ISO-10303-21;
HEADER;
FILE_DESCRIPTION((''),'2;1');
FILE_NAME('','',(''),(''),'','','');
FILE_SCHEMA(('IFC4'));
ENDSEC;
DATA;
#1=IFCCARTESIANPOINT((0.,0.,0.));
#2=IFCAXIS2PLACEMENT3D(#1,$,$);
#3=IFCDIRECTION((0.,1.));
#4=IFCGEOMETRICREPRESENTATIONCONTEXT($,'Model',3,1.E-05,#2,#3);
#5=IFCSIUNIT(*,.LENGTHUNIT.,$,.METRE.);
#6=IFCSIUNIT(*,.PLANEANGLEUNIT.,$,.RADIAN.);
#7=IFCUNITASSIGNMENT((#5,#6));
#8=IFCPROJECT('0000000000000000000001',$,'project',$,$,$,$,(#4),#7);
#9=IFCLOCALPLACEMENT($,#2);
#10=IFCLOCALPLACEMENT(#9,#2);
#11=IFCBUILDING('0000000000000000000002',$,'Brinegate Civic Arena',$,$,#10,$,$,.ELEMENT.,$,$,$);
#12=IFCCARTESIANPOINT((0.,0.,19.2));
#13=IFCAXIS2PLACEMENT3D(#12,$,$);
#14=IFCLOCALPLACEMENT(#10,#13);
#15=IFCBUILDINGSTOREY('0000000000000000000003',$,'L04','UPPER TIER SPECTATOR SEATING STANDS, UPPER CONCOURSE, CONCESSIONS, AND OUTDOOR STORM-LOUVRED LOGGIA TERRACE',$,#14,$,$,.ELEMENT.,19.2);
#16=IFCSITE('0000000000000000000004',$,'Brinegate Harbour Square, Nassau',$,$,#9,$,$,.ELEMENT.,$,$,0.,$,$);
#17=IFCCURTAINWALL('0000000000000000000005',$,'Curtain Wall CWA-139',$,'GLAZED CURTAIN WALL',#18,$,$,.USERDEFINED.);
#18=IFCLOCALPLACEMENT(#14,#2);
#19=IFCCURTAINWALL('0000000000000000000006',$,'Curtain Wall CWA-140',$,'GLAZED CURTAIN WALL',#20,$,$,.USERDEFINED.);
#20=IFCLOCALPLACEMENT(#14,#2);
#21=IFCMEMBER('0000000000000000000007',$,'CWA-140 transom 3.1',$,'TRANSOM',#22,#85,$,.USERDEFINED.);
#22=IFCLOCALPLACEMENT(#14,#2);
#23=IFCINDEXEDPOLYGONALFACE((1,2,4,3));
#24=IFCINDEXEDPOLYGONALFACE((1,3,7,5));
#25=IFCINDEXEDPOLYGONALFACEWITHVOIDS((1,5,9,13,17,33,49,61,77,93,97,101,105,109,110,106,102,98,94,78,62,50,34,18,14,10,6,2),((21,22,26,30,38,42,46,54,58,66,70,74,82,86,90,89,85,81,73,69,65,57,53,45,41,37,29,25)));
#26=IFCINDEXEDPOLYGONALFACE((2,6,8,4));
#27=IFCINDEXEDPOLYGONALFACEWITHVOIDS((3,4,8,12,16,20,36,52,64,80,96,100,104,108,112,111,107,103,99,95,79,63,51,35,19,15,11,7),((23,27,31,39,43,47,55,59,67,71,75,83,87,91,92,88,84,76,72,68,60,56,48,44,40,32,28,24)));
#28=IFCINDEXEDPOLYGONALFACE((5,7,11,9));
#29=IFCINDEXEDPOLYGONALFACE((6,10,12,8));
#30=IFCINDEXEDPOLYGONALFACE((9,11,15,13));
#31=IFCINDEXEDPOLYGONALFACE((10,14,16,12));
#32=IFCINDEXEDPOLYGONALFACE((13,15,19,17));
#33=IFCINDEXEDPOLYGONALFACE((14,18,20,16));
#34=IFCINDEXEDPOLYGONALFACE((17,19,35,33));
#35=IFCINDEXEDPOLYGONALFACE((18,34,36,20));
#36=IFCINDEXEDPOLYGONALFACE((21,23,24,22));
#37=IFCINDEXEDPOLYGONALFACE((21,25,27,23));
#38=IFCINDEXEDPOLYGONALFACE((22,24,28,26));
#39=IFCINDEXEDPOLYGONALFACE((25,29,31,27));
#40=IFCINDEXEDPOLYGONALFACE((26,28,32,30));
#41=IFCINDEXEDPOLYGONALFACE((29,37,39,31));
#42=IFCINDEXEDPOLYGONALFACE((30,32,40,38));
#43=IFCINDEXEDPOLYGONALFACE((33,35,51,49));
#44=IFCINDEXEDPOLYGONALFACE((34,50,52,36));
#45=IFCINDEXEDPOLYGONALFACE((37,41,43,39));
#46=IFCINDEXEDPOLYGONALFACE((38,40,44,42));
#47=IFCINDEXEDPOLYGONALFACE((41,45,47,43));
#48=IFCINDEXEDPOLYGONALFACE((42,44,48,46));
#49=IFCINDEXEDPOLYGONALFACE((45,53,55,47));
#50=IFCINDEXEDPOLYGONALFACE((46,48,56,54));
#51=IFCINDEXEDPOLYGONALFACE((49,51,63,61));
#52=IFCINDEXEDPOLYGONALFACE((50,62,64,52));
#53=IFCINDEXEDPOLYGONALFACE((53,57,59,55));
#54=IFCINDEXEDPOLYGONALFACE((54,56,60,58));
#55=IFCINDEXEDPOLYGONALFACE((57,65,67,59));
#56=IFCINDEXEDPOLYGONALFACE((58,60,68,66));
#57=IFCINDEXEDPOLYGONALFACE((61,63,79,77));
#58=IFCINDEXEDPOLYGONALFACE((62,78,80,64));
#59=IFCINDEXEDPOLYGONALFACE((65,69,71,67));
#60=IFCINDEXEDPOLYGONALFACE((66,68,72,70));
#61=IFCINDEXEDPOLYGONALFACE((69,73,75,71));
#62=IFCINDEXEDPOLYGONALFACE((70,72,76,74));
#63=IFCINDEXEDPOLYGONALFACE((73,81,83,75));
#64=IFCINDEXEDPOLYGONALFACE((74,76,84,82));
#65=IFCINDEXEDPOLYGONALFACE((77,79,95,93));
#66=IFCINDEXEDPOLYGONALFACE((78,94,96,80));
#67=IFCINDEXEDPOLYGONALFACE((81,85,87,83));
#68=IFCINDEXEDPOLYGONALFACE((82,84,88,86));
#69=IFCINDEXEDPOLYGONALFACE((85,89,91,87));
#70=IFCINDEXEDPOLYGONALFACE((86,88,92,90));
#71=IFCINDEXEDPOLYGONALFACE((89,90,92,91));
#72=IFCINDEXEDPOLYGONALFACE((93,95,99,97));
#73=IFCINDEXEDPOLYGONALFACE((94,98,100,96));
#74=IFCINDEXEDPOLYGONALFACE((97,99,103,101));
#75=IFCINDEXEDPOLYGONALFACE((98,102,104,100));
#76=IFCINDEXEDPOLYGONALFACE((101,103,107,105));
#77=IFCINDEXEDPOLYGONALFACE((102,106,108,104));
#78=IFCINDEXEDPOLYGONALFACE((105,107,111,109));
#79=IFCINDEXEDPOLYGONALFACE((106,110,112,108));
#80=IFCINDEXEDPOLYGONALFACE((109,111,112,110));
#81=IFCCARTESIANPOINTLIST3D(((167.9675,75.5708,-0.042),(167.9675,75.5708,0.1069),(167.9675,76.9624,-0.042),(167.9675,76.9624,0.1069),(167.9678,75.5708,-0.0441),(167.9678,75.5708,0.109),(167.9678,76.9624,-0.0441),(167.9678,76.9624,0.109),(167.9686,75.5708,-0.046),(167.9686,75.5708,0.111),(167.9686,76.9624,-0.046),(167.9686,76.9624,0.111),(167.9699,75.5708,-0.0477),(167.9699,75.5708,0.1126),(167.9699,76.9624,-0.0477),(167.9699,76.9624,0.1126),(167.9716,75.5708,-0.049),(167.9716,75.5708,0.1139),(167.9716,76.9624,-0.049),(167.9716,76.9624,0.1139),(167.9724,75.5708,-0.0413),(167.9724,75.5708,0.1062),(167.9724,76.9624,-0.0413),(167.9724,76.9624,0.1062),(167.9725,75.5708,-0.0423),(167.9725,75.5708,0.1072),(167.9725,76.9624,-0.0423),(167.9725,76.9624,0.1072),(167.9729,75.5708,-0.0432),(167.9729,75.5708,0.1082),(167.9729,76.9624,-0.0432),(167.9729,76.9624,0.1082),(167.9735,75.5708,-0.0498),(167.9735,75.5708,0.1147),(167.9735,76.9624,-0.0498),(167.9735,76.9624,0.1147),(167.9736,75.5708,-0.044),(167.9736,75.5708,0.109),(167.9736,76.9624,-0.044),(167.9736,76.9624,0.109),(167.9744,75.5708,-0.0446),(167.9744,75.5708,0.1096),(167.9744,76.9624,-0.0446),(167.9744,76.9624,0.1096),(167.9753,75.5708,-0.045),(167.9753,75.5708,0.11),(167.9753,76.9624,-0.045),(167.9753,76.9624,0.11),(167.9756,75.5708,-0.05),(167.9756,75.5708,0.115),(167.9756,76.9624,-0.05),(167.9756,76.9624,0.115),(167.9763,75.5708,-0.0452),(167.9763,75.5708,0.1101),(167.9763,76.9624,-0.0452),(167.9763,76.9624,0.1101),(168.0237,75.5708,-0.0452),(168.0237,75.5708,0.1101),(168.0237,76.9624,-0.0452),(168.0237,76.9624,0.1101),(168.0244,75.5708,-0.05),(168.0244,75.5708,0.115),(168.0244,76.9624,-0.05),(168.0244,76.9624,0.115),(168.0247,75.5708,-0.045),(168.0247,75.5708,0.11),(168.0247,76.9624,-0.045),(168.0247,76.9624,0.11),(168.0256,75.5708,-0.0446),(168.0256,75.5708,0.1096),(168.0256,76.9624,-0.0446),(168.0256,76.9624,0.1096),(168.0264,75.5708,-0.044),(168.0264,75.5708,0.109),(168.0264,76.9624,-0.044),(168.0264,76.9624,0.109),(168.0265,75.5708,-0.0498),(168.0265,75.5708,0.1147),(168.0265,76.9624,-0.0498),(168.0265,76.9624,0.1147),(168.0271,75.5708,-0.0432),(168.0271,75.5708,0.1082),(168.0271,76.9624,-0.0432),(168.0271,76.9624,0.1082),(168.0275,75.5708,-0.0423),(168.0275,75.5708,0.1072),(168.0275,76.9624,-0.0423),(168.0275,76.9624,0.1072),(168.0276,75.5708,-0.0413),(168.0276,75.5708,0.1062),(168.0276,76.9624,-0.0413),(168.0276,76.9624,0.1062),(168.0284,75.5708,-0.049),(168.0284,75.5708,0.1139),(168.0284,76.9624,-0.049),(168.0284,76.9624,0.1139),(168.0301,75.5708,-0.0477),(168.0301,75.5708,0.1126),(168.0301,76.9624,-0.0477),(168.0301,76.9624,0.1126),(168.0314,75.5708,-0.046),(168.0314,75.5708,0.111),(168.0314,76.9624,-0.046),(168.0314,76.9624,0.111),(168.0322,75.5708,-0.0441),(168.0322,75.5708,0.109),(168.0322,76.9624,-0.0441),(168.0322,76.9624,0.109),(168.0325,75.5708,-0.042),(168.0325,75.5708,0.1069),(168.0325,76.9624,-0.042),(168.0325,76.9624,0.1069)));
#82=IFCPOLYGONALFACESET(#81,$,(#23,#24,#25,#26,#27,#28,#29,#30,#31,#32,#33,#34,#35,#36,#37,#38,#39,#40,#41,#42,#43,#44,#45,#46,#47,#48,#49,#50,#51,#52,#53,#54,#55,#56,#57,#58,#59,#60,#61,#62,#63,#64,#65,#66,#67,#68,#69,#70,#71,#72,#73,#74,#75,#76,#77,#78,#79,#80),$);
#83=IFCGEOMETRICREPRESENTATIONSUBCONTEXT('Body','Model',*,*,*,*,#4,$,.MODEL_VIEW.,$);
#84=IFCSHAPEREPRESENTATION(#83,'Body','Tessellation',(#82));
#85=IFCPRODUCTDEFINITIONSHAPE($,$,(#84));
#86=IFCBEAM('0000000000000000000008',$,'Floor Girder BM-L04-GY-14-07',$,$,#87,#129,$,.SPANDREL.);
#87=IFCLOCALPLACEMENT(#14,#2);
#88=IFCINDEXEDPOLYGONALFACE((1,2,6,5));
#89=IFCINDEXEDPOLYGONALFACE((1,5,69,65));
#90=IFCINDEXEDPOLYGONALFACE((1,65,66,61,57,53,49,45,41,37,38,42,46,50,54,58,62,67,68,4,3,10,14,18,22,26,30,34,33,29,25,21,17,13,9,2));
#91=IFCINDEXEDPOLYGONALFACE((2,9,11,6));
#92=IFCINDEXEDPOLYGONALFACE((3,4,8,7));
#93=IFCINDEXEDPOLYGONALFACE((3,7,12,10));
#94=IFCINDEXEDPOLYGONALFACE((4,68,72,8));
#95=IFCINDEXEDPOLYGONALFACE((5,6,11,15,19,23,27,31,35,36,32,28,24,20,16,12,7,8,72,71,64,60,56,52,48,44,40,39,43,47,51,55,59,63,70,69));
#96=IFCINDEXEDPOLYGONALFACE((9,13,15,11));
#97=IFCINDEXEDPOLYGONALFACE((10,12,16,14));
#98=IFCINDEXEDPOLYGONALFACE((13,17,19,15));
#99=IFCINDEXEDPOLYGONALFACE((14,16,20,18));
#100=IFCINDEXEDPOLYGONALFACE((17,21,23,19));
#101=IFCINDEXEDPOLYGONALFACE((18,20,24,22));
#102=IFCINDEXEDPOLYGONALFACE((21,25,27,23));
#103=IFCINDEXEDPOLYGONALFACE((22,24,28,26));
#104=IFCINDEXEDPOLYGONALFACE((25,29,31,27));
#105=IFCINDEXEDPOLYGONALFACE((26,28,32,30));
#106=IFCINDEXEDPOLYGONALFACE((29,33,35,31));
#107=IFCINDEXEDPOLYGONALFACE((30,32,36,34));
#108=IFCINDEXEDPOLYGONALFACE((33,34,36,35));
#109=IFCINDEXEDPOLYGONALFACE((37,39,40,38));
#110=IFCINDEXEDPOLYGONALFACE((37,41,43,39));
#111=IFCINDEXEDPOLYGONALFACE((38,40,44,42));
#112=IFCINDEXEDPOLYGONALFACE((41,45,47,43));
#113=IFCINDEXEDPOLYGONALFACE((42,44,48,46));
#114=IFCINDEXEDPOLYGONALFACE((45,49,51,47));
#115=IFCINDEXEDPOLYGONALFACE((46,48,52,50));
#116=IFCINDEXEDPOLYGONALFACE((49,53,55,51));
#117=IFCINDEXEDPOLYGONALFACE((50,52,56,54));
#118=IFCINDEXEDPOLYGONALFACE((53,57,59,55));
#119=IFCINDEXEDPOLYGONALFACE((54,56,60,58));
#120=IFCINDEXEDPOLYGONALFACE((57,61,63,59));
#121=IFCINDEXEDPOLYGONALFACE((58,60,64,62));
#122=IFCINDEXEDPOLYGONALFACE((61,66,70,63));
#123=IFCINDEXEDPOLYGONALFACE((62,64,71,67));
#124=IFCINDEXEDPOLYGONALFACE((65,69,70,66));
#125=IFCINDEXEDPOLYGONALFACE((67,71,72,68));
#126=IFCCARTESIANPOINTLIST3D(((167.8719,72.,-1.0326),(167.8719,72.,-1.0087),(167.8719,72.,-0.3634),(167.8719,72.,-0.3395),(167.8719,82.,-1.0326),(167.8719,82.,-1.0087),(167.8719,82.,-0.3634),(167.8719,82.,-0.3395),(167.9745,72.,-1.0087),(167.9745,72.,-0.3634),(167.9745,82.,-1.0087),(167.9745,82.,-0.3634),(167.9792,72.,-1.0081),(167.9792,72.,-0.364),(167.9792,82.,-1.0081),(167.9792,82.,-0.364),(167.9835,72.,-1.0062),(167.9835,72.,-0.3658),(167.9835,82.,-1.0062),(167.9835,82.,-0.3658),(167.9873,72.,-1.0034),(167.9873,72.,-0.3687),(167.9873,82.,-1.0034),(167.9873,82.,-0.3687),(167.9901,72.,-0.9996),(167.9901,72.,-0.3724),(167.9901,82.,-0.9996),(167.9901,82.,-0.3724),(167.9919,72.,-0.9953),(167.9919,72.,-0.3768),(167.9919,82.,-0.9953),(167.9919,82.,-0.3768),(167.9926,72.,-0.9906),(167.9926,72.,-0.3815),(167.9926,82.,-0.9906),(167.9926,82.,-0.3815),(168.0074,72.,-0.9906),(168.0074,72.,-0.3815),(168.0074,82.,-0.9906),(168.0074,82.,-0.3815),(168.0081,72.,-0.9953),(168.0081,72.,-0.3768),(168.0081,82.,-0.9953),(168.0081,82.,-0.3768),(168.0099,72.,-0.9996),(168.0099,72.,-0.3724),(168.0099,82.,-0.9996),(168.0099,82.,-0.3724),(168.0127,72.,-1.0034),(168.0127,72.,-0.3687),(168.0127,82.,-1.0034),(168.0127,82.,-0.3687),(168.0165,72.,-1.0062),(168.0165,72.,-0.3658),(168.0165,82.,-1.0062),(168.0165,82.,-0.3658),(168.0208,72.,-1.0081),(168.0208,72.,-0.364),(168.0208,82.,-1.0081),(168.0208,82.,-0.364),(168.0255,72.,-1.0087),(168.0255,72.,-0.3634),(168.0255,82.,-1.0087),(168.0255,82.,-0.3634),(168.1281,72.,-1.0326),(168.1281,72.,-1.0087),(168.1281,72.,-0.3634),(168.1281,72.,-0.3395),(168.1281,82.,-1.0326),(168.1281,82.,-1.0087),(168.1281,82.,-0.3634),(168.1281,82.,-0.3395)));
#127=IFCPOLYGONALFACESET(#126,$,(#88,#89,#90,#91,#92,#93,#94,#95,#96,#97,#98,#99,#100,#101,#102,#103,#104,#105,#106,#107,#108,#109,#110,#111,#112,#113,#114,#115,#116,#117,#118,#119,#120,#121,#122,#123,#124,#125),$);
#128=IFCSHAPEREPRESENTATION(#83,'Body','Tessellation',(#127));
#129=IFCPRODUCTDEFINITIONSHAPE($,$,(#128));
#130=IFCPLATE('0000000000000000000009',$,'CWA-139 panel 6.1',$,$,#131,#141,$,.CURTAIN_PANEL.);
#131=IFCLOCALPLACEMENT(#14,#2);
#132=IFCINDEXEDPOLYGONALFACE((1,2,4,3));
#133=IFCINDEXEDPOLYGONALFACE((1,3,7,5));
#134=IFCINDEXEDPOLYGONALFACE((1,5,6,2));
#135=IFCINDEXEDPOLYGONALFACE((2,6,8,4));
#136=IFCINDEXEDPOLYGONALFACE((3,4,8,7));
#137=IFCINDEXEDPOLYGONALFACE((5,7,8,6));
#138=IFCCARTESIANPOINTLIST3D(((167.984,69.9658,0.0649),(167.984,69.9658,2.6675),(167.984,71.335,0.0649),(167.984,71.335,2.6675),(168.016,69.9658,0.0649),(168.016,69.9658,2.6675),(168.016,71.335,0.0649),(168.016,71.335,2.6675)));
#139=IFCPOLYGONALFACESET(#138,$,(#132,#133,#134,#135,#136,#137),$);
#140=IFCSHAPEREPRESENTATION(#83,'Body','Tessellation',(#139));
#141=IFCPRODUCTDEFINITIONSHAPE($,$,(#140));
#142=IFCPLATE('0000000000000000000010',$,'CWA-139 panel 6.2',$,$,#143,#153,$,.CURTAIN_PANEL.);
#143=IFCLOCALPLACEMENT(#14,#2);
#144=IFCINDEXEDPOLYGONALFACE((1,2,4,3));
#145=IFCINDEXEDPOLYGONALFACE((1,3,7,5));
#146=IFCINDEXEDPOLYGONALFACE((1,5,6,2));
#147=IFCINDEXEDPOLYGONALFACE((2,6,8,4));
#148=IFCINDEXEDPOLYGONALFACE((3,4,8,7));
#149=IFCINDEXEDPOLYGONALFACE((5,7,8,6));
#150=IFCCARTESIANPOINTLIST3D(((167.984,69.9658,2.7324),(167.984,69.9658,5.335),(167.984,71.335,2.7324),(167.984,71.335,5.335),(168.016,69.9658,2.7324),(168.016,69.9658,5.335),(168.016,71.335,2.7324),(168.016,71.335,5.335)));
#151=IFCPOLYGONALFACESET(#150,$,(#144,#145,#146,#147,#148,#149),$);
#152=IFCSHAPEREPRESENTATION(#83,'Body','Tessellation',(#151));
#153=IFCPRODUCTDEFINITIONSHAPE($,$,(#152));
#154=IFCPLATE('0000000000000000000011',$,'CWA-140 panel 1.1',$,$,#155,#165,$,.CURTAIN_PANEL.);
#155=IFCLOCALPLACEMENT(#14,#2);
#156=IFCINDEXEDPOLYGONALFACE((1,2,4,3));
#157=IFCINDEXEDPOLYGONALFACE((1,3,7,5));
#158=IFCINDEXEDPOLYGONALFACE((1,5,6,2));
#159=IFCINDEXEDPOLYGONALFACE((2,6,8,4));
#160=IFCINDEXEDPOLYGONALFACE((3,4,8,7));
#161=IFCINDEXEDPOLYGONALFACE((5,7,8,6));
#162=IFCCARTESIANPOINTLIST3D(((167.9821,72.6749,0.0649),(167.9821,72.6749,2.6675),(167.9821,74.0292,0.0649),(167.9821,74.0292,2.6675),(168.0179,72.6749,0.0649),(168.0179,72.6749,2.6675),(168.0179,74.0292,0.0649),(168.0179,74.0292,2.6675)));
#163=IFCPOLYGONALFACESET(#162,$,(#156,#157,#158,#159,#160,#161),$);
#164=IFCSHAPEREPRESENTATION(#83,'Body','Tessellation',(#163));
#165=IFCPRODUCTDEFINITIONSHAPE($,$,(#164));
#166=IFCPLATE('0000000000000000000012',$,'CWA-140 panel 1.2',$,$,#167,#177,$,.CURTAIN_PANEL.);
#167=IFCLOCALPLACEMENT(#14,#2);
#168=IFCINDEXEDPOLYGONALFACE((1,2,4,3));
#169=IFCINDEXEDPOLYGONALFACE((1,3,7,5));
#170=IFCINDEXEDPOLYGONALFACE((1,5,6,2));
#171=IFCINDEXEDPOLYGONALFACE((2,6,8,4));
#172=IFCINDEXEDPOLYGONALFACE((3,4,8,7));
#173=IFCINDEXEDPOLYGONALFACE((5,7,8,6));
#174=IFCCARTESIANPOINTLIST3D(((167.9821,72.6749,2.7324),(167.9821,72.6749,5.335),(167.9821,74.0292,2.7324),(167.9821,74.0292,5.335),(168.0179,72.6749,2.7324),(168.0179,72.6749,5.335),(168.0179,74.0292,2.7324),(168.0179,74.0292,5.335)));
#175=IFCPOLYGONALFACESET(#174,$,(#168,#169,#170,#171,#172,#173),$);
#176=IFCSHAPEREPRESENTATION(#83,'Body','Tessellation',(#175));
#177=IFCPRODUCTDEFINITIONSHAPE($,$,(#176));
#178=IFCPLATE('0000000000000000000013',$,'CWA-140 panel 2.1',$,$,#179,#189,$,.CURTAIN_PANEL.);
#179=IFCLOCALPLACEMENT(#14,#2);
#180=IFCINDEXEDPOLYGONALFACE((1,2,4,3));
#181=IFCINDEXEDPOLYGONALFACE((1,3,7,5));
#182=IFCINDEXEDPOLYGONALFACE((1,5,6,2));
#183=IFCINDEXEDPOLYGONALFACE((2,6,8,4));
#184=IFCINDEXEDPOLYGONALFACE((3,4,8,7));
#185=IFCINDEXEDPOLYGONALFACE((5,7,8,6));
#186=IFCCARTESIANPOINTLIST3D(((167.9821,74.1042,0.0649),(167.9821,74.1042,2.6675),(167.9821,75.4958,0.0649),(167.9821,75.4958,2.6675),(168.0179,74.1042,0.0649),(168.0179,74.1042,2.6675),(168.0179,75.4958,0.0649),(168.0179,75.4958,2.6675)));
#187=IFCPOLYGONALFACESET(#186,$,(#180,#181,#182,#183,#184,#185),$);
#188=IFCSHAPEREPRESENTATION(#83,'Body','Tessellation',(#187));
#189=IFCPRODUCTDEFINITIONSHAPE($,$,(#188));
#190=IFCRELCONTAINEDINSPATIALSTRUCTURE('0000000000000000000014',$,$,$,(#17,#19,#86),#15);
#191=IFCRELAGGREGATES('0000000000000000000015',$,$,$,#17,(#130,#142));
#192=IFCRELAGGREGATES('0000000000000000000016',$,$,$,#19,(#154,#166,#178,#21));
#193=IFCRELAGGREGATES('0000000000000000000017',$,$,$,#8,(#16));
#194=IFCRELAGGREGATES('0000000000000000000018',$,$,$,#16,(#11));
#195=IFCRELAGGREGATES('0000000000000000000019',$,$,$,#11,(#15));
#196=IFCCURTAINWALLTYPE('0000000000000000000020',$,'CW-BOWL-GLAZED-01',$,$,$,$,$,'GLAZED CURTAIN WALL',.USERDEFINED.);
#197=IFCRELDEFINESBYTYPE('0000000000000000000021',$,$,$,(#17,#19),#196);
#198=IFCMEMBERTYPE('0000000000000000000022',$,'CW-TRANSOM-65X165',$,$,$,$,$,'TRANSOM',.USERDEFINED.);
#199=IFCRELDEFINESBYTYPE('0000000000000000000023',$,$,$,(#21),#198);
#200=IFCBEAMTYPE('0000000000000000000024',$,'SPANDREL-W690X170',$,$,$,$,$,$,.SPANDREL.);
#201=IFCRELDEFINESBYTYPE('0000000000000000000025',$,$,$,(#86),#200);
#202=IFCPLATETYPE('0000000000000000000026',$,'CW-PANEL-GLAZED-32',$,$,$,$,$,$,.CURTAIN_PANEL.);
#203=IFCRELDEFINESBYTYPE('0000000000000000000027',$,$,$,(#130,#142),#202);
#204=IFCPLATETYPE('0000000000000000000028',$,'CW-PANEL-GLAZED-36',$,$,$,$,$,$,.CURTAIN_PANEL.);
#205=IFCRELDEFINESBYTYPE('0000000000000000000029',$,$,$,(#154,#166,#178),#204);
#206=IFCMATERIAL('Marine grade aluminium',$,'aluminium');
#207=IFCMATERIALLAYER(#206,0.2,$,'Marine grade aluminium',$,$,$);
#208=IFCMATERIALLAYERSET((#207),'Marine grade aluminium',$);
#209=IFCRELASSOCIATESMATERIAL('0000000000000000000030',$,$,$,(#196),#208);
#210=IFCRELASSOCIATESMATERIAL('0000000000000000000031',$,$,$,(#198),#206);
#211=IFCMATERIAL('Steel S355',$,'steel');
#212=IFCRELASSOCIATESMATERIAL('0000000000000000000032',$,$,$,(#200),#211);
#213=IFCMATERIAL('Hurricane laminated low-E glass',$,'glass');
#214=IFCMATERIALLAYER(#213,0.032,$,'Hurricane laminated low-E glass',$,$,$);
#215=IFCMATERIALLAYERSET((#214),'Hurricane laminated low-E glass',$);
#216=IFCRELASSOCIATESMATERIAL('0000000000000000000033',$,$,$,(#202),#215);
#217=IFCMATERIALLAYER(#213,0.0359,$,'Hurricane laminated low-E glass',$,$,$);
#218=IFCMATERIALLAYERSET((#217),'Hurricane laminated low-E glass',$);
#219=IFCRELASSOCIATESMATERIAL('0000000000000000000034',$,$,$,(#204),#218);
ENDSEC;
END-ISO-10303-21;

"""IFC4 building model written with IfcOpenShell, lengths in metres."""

from ifc_helpers import new_model, si_unit, direction, frame, origin, origin_2d, place, context, subcontext, project, spatial, rectangle, hollow_rectangle, i_section, extrude, material, layer, layer_set, material_profile, profile_set, type_object, element, aggregate, save


model = new_model("IFC4")

# Units and contexts
model_context = context("Model", 3, precision=1e-05, world=origin(), true_north=direction((0.0, 1.0)))
body_context = subcontext(model_context, "Body", "Model", "MODEL_VIEW")
ifc_project = project(units=[si_unit("LENGTHUNIT", "METRE"), si_unit("PLANEANGLEUNIT", "RADIAN")], contexts=[model_context])

# Site, building, storey
site_placement = place(None, origin())
site = spatial("IfcSite", under=ifc_project, at=site_placement, Name="Brinegate Harbour Square, Nassau", CompositionType="ELEMENT", RefElevation=0.0)
building_placement = place(site_placement, origin())
building = spatial("IfcBuilding", under=site, at=building_placement, Name="Brinegate Civic Arena", CompositionType="ELEMENT")
storey_placement = place(building_placement, frame((0.0, 0.0, 19.2)))
storey = spatial("IfcBuildingStorey", under=building, at=storey_placement, Name="L04", Description="UPPER TIER SPECTATOR SEATING STANDS, UPPER CONCOURSE, CONCESSIONS, AND OUTDOOR STORM-LOUVRED LOGGIA TERRACE", CompositionType="ELEMENT", Elevation=19.2)

# Curtain walls
ifc_material_1 = material(Name="Marine grade aluminium", Category="aluminium")
ifc_layer_1 = layer(ifc_material_1, 0.2, Name="Marine grade aluminium")
ifc_layer_set_1 = layer_set([ifc_layer_1], Name="Marine grade aluminium")
curtain_wall_type = type_object("IfcCurtainWallType", Name="CW-BOWL-GLAZED-01", ElementType="GLAZED CURTAIN WALL", PredefinedType="USERDEFINED", material=ifc_layer_set_1)
curtain_wall_1_placement = place(storey_placement, origin())
curtain_wall_1 = element("IfcCurtainWall", 1, at=curtain_wall_1_placement, inside=storey, type_object=curtain_wall_type, Name="Curtain Wall CWA-139", ObjectType="GLAZED CURTAIN WALL", PredefinedType="USERDEFINED")
curtain_wall_2_placement = place(storey_placement, origin())
curtain_wall_2 = element("IfcCurtainWall", 2, at=curtain_wall_2_placement, inside=storey, type_object=curtain_wall_type, Name="Curtain Wall CWA-140", ObjectType="GLAZED CURTAIN WALL", PredefinedType="USERDEFINED")

# Member
ifc_material_profile_1 = material_profile(ifc_material_1, hollow_rectangle(XDim=0.0649, YDim=0.165, WallThickness=0.0049, InnerFilletRadius=0.0039, OuterFilletRadius=0.0081, at=origin_2d()), Name="TRN65X165")
ifc_profile_set_1 = profile_set([ifc_material_profile_1], Name="Marine grade aluminium")
member_type_1 = type_object("IfcMemberType", Name="CW-TRANSOM-65X165", ElementType="TRANSOM", PredefinedType="USERDEFINED", material=ifc_profile_set_1)
member_1_placement = place(storey_placement, frame((168.0, 75.5708, 0.0325), z_axis=(0.0, 1.0, 0.0), x_axis=(-1.0, 0.0, 0.0)))
member_1 = element("IfcMember", 3, at=member_1_placement, type_object=member_type_1, Name="CWA-140 transom 3.1", ObjectType="TRANSOM", PredefinedType="USERDEFINED", context=body_context, shape_type="SweptSolid", body=[
    extrude(hollow_rectangle(XDim=0.0649, YDim=0.165, WallThickness=0.0049, InnerFilletRadius=0.0039, OuterFilletRadius=0.0081, at=origin_2d()), origin(), (0.0, 0.0, 1.0), 1.3916),
])

# Beam
ifc_material_2 = material(Name="Steel S355", Category="steel")
ifc_material_profile_2 = material_profile(ifc_material_2, i_section(OverallWidth=0.2561, OverallDepth=0.6931, WebThickness=0.0149, FlangeThickness=0.0239, FilletRadius=0.0181, at=origin_2d()), Name="W690X170")
ifc_profile_set_2 = profile_set([ifc_material_profile_2], Name="Steel S355")
beam_type = type_object("IfcBeamType", Name="SPANDREL-W690X170", PredefinedType="SPANDREL", material=ifc_profile_set_2)
beam_placement = place(storey_placement, frame((168.0, 72.0, -0.686), z_axis=(0.0, 1.0, 0.0), x_axis=(-1.0, 0.0, 0.0)))
element("IfcBeam", 4, at=beam_placement, inside=storey, type_object=beam_type, Name="Floor Girder BM-L04-GY-14-07", PredefinedType="SPANDREL", context=body_context, shape_type="SweptSolid", body=[
    extrude(i_section(OverallWidth=0.2561, OverallDepth=0.6931, WebThickness=0.0149, FlangeThickness=0.0239, FilletRadius=0.0181, at=origin_2d()), origin(), (0.0, 0.0, 1.0), 10.0),
])

# Plates
ifc_material_3 = material(Name="Hurricane laminated low-E glass", Category="glass")
ifc_layer_2 = layer(ifc_material_3, 0.032, Name="Hurricane laminated low-E glass")
ifc_layer_set_2 = layer_set([ifc_layer_2], Name="Hurricane laminated low-E glass")
plate_type_1 = type_object("IfcPlateType", Name="CW-PANEL-GLAZED-32", PredefinedType="CURTAIN_PANEL", material=ifc_layer_set_2)
plate_1_placement = place(storey_placement, frame((168.0, 70.6504, 0.0649), z_axis=(0.0, 0.0, 1.0), x_axis=(0.0, 1.0, 0.0)))
plate_1 = element("IfcPlate", 5, at=plate_1_placement, type_object=plate_type_1, Name="CWA-139 panel 6.1", PredefinedType="CURTAIN_PANEL", context=body_context, shape_type="SweptSolid", body=[
    extrude(rectangle(XDim=1.3691, YDim=0.032, at=origin_2d()), origin(), (0.0, 0.0, 1.0), 2.6025),
])
plate_2_placement = place(storey_placement, frame((168.0, 70.6504, 2.7324), z_axis=(0.0, 0.0, 1.0), x_axis=(0.0, 1.0, 0.0)))
plate_2 = element("IfcPlate", 6, at=plate_2_placement, type_object=plate_type_1, Name="CWA-139 panel 6.2", PredefinedType="CURTAIN_PANEL", context=body_context, shape_type="SweptSolid", body=[
    extrude(rectangle(XDim=1.3691, YDim=0.032, at=origin_2d()), origin(), (0.0, 0.0, 1.0), 2.6025),
])
aggregate(curtain_wall_1, [plate_1, plate_2])
ifc_layer_3 = layer(ifc_material_3, 0.0359, Name="Hurricane laminated low-E glass")
ifc_layer_set_3 = layer_set([ifc_layer_3], Name="Hurricane laminated low-E glass")
plate_type_2 = type_object("IfcPlateType", Name="CW-PANEL-GLAZED-36", PredefinedType="CURTAIN_PANEL", material=ifc_layer_set_3)
plate_3_placement = place(storey_placement, frame((168.0, 73.3521, 0.0649), z_axis=(0.0, 0.0, 1.0), x_axis=(0.0, 1.0, 0.0)))
plate_3 = element("IfcPlate", 7, at=plate_3_placement, type_object=plate_type_2, Name="CWA-140 panel 1.1", PredefinedType="CURTAIN_PANEL", context=body_context, shape_type="SweptSolid", body=[
    extrude(rectangle(XDim=1.3542, YDim=0.0359, at=origin_2d()), origin(), (0.0, 0.0, 1.0), 2.6025),
])
plate_4_placement = place(storey_placement, frame((168.0, 73.3521, 2.7324), z_axis=(0.0, 0.0, 1.0), x_axis=(0.0, 1.0, 0.0)))
plate_4 = element("IfcPlate", 8, at=plate_4_placement, type_object=plate_type_2, Name="CWA-140 panel 1.2", PredefinedType="CURTAIN_PANEL", context=body_context, shape_type="SweptSolid", body=[
    extrude(rectangle(XDim=1.3542, YDim=0.0359, at=origin_2d()), origin(), (0.0, 0.0, 1.0), 2.6025),
])
plate_5_placement = place(storey_placement, frame((168.0, 74.8, 0.0649), z_axis=(0.0, 0.0, 1.0), x_axis=(0.0, 1.0, 0.0)))
plate_5 = element("IfcPlate", 9, at=plate_5_placement, type_object=plate_type_2, Name="CWA-140 panel 2.1", PredefinedType="CURTAIN_PANEL", context=body_context, shape_type="SweptSolid", body=[
    extrude(rectangle(XDim=1.3916, YDim=0.0359, at=origin_2d()), origin(), (0.0, 0.0, 1.0), 2.6025),
])
aggregate(curtain_wall_2, [plate_3, plate_4, plate_5, member_1])

save(model, "model.ifc")
